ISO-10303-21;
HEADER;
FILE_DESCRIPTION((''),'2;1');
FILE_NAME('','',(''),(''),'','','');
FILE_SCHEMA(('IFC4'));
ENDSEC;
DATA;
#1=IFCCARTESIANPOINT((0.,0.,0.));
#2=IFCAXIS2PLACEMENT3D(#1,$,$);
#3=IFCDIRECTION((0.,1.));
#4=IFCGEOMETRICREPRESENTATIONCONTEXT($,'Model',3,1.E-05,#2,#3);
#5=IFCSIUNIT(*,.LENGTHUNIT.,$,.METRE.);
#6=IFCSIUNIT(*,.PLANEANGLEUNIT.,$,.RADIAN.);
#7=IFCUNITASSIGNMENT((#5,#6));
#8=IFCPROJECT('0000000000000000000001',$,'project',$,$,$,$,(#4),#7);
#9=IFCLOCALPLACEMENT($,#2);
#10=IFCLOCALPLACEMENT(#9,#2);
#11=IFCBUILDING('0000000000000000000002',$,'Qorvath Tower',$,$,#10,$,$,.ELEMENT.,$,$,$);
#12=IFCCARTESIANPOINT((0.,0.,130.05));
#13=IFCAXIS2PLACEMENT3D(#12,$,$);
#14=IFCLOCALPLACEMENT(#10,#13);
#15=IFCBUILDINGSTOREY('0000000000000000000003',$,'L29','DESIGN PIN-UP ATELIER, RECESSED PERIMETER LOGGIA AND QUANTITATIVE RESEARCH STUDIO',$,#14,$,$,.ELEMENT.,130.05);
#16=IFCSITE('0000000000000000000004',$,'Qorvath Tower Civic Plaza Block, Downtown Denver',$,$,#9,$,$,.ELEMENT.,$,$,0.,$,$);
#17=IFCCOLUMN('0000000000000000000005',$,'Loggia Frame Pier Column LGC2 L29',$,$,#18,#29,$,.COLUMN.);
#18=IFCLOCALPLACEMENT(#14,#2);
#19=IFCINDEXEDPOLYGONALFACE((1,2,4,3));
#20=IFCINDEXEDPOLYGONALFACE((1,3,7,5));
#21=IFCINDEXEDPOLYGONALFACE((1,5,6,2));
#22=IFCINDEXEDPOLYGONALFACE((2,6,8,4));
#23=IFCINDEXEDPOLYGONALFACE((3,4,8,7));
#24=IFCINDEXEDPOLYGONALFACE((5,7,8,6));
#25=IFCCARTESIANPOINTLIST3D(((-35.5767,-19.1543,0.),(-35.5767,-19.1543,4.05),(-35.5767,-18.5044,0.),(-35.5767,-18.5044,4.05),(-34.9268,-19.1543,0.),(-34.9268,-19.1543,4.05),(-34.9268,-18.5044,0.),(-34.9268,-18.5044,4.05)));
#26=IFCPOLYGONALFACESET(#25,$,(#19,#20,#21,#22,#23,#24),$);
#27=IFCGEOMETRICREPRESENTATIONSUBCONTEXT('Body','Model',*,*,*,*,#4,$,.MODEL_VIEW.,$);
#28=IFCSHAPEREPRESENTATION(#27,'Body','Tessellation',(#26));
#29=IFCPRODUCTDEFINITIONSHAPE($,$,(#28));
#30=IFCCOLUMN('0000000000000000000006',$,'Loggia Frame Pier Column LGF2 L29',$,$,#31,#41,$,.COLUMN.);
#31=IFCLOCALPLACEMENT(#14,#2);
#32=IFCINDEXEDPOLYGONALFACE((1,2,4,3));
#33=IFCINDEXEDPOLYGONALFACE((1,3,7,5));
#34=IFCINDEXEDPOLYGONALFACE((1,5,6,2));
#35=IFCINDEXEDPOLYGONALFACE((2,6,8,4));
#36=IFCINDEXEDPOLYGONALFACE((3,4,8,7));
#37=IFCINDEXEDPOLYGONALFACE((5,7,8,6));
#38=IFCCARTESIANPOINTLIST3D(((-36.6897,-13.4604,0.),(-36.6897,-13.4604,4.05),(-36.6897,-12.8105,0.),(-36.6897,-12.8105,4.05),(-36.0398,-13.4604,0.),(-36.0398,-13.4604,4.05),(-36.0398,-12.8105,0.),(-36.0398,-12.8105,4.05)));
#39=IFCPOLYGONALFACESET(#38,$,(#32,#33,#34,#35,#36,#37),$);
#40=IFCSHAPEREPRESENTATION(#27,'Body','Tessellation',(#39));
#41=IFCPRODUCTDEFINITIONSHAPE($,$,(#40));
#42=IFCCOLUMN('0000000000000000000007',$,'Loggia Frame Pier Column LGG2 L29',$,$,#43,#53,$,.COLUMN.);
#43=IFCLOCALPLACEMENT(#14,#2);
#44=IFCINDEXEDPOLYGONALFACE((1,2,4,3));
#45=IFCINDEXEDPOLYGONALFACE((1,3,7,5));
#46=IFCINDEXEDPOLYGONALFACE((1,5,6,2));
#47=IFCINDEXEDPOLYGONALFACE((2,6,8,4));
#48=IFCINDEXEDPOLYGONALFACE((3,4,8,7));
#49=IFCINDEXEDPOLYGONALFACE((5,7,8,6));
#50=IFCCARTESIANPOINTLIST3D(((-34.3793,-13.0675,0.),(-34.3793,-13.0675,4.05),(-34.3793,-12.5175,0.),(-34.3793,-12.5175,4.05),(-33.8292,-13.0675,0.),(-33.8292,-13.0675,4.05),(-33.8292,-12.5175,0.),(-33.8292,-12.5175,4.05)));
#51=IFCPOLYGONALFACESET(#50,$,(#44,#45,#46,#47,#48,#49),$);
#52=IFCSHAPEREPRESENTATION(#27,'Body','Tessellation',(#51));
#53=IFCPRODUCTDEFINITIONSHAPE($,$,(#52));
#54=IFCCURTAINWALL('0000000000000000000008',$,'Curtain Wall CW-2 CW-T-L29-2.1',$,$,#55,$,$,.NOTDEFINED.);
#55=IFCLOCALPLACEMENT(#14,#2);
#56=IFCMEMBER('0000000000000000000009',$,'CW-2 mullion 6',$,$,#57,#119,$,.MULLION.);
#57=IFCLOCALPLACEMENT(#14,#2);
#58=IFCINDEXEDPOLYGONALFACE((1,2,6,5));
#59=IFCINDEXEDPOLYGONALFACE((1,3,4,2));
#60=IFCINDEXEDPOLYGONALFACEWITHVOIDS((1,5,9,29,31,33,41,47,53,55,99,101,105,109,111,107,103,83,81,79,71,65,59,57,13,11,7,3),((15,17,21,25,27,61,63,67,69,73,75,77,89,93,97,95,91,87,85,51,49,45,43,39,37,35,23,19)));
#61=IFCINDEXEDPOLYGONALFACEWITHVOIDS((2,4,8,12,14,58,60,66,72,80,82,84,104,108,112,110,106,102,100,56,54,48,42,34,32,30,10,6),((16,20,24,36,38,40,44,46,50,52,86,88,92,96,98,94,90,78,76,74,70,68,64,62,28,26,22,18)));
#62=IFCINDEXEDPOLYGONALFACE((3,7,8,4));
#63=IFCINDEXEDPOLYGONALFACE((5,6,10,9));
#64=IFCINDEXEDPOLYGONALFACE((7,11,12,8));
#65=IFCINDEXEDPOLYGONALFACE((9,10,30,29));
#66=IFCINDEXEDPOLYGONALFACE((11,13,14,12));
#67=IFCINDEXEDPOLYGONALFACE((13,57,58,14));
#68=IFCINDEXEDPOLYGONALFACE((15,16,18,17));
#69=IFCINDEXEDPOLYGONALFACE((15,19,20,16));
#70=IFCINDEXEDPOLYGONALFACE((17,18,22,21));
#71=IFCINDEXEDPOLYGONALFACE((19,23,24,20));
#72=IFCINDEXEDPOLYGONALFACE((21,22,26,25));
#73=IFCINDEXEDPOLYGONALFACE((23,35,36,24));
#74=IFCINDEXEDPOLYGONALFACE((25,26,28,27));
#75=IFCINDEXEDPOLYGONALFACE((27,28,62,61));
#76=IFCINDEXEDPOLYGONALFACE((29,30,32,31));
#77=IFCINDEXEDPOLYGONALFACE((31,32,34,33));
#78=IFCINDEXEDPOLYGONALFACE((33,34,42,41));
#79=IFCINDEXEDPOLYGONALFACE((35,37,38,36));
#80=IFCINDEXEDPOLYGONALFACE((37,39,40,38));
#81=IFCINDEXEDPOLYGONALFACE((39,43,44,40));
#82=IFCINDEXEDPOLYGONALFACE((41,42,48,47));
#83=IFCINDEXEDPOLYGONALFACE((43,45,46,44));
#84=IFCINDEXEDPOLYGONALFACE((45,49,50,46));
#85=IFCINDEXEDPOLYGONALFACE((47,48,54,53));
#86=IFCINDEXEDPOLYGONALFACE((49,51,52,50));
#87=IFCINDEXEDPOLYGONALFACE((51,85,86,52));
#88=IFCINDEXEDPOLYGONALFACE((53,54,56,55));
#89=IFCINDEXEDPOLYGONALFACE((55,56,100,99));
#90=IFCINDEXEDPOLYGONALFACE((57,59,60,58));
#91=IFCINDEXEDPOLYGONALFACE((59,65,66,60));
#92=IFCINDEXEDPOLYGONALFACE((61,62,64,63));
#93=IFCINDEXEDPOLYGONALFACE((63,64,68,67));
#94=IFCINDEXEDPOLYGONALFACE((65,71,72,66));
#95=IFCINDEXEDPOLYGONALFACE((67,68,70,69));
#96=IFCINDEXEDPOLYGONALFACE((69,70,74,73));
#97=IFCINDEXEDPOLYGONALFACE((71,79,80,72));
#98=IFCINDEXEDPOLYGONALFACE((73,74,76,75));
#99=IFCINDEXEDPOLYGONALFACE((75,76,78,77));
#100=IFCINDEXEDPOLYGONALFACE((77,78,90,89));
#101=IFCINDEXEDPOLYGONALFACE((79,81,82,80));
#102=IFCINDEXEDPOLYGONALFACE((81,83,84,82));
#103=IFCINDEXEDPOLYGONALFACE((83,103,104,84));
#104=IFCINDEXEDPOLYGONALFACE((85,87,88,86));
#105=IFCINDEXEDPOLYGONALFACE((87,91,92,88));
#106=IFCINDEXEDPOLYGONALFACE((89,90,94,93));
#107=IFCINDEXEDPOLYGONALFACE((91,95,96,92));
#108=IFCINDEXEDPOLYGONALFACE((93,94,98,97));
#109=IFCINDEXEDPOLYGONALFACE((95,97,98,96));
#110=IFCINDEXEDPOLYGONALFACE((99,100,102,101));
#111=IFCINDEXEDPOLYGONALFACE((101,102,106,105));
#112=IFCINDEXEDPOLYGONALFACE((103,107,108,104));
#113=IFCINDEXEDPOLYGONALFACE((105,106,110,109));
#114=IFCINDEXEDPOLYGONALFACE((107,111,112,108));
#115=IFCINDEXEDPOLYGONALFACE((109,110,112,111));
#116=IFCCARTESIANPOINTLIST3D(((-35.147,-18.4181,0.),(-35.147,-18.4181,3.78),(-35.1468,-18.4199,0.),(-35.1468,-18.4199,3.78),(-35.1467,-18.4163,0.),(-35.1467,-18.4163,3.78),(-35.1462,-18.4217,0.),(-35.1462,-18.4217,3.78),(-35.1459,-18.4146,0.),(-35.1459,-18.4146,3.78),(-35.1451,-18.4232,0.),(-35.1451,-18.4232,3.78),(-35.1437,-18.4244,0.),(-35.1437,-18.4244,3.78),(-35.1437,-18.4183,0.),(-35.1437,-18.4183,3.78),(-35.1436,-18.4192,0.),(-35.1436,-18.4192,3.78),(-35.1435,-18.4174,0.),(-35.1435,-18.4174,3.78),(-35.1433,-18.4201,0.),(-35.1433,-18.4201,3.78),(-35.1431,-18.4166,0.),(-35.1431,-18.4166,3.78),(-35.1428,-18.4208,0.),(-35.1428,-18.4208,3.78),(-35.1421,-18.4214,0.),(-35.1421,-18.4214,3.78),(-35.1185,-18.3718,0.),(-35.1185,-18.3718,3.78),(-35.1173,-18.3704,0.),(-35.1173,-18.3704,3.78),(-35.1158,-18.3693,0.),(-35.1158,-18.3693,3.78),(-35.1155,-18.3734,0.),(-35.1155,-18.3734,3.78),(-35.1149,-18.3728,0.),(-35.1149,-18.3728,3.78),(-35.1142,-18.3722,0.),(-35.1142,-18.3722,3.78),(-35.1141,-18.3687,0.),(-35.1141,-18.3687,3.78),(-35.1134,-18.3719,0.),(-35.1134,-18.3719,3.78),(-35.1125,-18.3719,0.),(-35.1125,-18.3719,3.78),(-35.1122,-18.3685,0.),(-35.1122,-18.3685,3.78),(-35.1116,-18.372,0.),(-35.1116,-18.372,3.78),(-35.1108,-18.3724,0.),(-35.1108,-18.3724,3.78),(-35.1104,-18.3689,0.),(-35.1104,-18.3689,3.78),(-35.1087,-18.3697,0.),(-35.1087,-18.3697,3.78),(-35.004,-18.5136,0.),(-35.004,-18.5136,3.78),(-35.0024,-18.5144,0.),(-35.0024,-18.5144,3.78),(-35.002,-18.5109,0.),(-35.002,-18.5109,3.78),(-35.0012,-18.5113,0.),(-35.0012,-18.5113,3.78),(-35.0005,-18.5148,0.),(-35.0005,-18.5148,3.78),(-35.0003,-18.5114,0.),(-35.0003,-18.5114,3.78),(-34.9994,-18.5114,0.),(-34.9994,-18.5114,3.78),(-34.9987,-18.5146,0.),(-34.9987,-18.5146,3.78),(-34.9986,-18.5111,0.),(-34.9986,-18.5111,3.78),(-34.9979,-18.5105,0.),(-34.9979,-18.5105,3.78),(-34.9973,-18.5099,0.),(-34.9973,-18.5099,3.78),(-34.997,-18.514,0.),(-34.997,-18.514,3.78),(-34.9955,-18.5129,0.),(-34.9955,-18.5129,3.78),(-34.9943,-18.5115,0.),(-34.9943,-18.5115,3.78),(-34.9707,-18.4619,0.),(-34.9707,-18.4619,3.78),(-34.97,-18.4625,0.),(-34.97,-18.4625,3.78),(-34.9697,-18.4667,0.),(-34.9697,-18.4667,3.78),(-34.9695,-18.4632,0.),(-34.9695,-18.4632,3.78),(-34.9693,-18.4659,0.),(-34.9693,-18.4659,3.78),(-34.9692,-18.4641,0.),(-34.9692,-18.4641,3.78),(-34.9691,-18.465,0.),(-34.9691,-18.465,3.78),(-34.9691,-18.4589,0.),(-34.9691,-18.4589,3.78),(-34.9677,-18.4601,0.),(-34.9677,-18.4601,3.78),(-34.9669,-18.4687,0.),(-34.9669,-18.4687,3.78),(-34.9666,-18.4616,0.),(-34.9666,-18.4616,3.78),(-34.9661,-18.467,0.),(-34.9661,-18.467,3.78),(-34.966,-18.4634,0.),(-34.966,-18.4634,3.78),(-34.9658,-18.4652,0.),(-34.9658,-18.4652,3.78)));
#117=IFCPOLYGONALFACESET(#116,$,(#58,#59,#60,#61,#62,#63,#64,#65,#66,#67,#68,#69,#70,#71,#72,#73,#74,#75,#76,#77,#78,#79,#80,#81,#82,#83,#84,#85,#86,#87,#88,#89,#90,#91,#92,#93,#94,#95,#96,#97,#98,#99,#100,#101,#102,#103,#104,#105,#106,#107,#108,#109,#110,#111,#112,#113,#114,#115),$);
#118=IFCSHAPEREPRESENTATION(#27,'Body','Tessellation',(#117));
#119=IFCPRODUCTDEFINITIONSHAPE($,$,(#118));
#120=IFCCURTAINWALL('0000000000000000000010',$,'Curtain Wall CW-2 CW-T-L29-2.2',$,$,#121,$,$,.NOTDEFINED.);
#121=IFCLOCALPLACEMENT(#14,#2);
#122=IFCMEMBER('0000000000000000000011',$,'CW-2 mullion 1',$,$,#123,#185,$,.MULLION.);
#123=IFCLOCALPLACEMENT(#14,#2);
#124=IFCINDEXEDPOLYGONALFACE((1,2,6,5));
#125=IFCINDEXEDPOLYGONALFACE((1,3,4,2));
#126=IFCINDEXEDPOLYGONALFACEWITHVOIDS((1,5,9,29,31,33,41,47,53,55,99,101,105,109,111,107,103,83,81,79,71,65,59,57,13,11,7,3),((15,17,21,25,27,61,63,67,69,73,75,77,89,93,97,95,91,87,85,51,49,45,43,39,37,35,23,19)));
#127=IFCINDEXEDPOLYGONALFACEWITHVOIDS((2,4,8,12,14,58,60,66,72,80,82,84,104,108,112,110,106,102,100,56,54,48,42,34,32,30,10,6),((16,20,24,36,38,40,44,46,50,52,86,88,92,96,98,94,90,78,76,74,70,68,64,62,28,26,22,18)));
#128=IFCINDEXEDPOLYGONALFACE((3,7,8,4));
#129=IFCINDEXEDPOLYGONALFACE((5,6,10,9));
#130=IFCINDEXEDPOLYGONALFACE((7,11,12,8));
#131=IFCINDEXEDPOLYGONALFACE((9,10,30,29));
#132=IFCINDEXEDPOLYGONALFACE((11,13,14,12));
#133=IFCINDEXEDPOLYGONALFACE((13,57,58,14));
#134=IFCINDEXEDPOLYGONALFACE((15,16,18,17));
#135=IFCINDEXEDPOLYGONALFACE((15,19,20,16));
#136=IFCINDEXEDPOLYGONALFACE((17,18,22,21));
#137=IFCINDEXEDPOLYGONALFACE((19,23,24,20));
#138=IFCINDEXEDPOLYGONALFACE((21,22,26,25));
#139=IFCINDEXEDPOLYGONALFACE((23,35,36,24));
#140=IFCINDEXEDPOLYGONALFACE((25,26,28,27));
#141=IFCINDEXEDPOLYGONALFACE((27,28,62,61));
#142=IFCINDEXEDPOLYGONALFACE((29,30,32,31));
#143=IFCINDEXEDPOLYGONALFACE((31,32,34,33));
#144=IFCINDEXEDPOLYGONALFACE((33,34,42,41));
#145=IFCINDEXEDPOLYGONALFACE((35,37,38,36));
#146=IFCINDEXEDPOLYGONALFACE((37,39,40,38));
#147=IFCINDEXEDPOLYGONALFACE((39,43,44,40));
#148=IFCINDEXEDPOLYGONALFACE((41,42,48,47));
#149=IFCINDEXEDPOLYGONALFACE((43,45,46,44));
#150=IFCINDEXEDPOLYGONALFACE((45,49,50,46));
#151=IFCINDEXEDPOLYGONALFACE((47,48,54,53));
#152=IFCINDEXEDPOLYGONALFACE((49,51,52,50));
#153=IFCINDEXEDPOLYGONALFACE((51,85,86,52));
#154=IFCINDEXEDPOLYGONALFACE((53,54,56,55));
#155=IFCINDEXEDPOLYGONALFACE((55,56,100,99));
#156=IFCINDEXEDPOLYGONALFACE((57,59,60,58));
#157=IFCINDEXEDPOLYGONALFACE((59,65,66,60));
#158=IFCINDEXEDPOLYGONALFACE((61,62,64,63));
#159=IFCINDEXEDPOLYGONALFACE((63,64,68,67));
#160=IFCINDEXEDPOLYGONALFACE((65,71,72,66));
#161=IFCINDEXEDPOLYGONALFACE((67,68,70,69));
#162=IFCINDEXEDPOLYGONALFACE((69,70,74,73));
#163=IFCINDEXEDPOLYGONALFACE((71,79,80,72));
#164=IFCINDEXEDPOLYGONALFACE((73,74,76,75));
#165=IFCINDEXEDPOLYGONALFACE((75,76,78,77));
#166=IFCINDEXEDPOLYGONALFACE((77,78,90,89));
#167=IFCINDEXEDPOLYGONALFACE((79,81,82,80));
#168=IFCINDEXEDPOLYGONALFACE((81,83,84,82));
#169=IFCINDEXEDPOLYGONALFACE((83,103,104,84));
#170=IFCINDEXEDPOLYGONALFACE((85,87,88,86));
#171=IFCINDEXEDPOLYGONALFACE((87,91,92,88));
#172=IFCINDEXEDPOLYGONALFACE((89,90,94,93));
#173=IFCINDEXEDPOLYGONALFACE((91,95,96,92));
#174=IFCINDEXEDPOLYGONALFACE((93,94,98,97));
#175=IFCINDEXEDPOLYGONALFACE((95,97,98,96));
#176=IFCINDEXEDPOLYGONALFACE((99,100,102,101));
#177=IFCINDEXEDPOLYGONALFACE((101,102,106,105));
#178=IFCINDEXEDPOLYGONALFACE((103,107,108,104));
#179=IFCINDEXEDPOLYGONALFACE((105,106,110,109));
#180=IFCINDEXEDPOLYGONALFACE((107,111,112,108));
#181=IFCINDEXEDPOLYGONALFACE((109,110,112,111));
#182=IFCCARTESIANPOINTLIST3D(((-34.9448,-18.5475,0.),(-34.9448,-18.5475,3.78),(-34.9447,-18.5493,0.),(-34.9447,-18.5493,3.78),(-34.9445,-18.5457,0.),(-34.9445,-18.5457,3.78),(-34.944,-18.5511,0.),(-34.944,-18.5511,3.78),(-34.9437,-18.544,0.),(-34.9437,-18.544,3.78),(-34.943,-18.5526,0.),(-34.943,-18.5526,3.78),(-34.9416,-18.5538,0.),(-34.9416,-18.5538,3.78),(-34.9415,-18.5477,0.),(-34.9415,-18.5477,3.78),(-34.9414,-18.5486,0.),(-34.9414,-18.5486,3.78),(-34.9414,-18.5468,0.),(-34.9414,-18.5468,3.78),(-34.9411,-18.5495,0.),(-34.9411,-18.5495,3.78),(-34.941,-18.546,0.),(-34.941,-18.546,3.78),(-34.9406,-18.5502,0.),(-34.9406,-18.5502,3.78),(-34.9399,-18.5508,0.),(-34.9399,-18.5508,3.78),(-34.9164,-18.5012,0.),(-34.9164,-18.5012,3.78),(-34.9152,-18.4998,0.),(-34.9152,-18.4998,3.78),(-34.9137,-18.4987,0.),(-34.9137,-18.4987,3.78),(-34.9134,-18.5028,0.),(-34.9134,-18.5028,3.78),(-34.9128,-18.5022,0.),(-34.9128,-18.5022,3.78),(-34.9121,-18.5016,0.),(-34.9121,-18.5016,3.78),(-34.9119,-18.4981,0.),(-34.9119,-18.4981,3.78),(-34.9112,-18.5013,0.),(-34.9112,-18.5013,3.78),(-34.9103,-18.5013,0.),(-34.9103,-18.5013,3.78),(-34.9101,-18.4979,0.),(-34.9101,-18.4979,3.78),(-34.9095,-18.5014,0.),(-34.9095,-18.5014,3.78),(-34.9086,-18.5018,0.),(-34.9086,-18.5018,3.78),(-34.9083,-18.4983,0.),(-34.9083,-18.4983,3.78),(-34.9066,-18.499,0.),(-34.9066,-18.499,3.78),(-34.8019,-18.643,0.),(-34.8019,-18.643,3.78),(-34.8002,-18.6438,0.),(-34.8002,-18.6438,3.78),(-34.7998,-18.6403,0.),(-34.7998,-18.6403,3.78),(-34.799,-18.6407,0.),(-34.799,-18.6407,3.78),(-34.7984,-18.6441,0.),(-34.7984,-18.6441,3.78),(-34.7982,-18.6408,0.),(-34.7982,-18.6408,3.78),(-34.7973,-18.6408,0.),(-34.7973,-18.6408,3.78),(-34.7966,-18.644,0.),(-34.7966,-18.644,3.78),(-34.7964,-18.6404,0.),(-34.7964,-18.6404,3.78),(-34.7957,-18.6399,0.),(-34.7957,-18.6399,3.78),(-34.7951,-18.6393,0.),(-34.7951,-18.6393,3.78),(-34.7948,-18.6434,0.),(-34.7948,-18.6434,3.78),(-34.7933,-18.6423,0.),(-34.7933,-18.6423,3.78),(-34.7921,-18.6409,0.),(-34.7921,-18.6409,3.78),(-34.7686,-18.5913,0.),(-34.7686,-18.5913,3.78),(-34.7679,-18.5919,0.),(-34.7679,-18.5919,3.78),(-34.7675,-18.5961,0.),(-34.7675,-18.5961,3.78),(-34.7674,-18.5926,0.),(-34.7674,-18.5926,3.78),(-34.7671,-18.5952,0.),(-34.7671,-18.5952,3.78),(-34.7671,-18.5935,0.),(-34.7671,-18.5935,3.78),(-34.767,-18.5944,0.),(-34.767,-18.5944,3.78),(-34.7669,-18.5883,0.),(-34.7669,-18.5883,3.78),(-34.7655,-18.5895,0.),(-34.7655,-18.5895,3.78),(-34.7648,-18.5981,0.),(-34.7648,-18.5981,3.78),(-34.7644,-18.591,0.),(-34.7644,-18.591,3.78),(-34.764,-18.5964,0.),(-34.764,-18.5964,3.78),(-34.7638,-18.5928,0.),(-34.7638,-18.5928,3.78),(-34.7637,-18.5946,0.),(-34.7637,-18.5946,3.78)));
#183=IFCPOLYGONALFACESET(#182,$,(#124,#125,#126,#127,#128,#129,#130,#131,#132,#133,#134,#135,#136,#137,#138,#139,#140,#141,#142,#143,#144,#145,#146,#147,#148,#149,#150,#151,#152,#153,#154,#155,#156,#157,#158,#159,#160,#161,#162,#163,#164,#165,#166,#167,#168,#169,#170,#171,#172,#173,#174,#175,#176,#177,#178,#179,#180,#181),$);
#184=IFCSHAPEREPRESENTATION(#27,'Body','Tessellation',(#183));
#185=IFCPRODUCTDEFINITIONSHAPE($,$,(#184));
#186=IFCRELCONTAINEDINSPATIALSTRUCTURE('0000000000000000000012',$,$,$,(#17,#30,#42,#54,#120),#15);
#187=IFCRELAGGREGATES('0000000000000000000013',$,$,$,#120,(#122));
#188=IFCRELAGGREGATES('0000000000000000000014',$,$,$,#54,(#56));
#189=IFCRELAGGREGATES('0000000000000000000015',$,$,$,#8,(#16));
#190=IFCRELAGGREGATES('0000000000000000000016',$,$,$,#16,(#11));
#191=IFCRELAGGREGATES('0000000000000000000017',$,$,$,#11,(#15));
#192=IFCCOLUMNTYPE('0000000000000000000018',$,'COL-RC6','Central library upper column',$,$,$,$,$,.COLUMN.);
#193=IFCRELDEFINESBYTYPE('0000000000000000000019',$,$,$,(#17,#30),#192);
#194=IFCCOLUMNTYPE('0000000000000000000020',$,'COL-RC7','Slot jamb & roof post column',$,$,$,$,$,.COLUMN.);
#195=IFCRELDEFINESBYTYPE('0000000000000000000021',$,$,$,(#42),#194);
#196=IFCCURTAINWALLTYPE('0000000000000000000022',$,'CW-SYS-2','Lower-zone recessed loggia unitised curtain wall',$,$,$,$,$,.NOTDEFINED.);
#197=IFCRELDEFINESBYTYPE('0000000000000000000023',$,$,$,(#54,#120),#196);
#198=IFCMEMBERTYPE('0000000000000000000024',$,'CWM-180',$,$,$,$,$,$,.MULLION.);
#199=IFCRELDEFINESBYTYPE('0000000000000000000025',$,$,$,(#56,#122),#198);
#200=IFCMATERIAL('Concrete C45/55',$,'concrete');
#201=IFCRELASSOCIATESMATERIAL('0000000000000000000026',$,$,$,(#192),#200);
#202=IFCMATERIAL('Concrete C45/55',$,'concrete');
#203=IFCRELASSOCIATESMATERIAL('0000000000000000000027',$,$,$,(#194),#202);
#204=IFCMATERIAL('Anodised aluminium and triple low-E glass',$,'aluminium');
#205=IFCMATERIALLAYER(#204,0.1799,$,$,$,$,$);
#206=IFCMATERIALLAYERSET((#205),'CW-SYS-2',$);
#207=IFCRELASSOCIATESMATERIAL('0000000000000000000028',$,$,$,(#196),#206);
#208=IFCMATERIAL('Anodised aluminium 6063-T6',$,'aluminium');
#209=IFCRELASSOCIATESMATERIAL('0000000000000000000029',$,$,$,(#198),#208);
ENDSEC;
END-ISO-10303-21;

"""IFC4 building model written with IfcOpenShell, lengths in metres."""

from ifc_helpers import new_model, si_unit, direction, frame, origin, origin_2d, place, context, subcontext, project, spatial, rectangle, hollow_rectangle, extrude, material, layer, layer_set, material_profile, profile_set, type_object, element, aggregate, save


model = new_model("IFC4")

# Units and contexts
model_context = context("Model", 3, precision=1e-05, world=origin(), true_north=direction((0.0, 1.0)))
body_context = subcontext(model_context, "Body", "Model", "MODEL_VIEW")
ifc_project = project(units=[si_unit("LENGTHUNIT", "METRE"), si_unit("PLANEANGLEUNIT", "RADIAN")], contexts=[model_context])

# Site, building, storey
site_placement = place(None, origin())
site = spatial("IfcSite", under=ifc_project, at=site_placement, Name="Qorvath Tower Civic Plaza Block, Downtown Denver", CompositionType="ELEMENT", RefElevation=0.0)
building_placement = place(site_placement, origin())
building = spatial("IfcBuilding", under=site, at=building_placement, Name="Qorvath Tower", CompositionType="ELEMENT")
storey_placement = place(building_placement, frame((0.0, 0.0, 130.05)))
storey = spatial("IfcBuildingStorey", under=building, at=storey_placement, Name="L29", Description="DESIGN PIN-UP ATELIER, RECESSED PERIMETER LOGGIA AND QUANTITATIVE RESEARCH STUDIO", CompositionType="ELEMENT", Elevation=130.05)

# Columns
ifc_material_1 = material(Name="Concrete C45/55", Category="concrete")
ifc_material_profile_1 = material_profile(ifc_material_1, rectangle(XDim=0.6499, YDim=0.6499, at=origin_2d()), Name="RC 650x650")
ifc_profile_set_1 = profile_set([ifc_material_profile_1], Name="Concrete C45/55")
column_type_1 = type_object("IfcColumnType", Name="COL-RC6", Description="Central library upper column", PredefinedType="COLUMN", material=ifc_profile_set_1)
for number, where, z_axis, x_axis, name in (
    (1, (-35.2517, -18.8293, 0.0), (0.0, 0.0, 1.0), (1.0, 0.0, 0.0), "Loggia Frame Pier Column LGC2 L29"),
    (2, (-36.3647, -13.1355, 0.0), (0.0, 0.0, 1.0), (1.0, 0.0, 0.0), "Loggia Frame Pier Column LGF2 L29"),
):
    element("IfcColumn", number, at=place(storey_placement, frame(where, z_axis=z_axis, x_axis=x_axis)), inside=storey, type_object=column_type_1, Name=name, PredefinedType="COLUMN", context=body_context, shape_type="SweptSolid", body=[
        extrude(rectangle(XDim=0.6499, YDim=0.6499, at=origin_2d()), origin(), (0.0, 0.0, 1.0), 4.05),
    ])
ifc_material_2 = material(Name="Concrete C45/55", Category="concrete")
ifc_material_profile_2 = material_profile(ifc_material_2, rectangle(XDim=0.55, YDim=0.55, at=origin_2d()), Name="RC 550x550")
ifc_profile_set_2 = profile_set([ifc_material_profile_2], Name="Concrete C45/55")
column_type_2 = type_object("IfcColumnType", Name="COL-RC7", Description="Slot jamb & roof post column", PredefinedType="COLUMN", material=ifc_profile_set_2)
column_placement = place(storey_placement, frame((-34.1042, -12.7925, 0.0), z_axis=(0.0, 0.0, 1.0), x_axis=(1.0, 0.0, 0.0)))
element("IfcColumn", 3, at=column_placement, inside=storey, type_object=column_type_2, Name="Loggia Frame Pier Column LGG2 L29", PredefinedType="COLUMN", context=body_context, shape_type="SweptSolid", body=[
    extrude(rectangle(XDim=0.55, YDim=0.55, at=origin_2d()), origin(), (0.0, 0.0, 1.0), 4.05),
])

# Curtain wall, member
ifc_material_3 = material(Name="Anodised aluminium and triple low-E glass", Category="aluminium")
ifc_layer_1 = layer(ifc_material_3, 0.1799)
ifc_layer_set_1 = layer_set([ifc_layer_1], Name="CW-SYS-2")
curtain_wall_type = type_object("IfcCurtainWallType", Name="CW-SYS-2", Description="Lower-zone recessed loggia unitised curtain wall", PredefinedType="NOTDEFINED", material=ifc_layer_set_1)
curtain_wall_1_placement = place(storey_placement, origin())
curtain_wall_1 = element("IfcCurtainWall", 4, at=curtain_wall_1_placement, inside=storey, type_object=curtain_wall_type, Name="Curtain Wall CW-2 CW-T-L29-2.1", PredefinedType="NOTDEFINED")
ifc_material_4 = material(Name="Anodised aluminium 6063-T6", Category="aluminium")
ifc_material_profile_3 = material_profile(ifc_material_4, hollow_rectangle(XDim=0.0649, YDim=0.1799, WallThickness=0.0034, InnerFilletRadius=0.0034, OuterFilletRadius=0.0071, at=origin_2d()), Name="CWM 180x65")
ifc_profile_set_3 = profile_set([ifc_material_profile_3], Name="Anodised aluminium 6063-T6")
member_type_1 = type_object("IfcMemberType", Name="CWM-180", PredefinedType="MULLION", material=ifc_profile_set_3)
member_1_placement = place(storey_placement, frame((-35.0564, -18.4417, 0.0), z_axis=(0.0, 0.0, 1.0), x_axis=(0.538534, 0.842604, 0.0)))
member_1 = element("IfcMember", 5, at=member_1_placement, type_object=member_type_1, Name="CW-2 mullion 6", PredefinedType="MULLION", context=body_context, shape_type="SweptSolid", body=[
    extrude(hollow_rectangle(XDim=0.0649, YDim=0.1799, WallThickness=0.0034, InnerFilletRadius=0.0034, OuterFilletRadius=0.0071, at=origin_2d()), origin(), (0.0, 0.0, 1.0), 3.78),
])

# Curtain wall, member
curtain_wall_2_placement = place(storey_placement, origin())
curtain_wall_2 = element("IfcCurtainWall", 6, at=curtain_wall_2_placement, inside=storey, type_object=curtain_wall_type, Name="Curtain Wall CW-2 CW-T-L29-2.2", PredefinedType="NOTDEFINED")
member_2_placement = place(storey_placement, frame((-34.8542, -18.571, 0.0), z_axis=(0.0, 0.0, 1.0), x_axis=(0.538536, 0.842602, 0.0)))
member_2 = element("IfcMember", 7, at=member_2_placement, type_object=member_type_1, Name="CW-2 mullion 1", PredefinedType="MULLION", context=body_context, shape_type="SweptSolid", body=[
    extrude(hollow_rectangle(XDim=0.0649, YDim=0.1799, WallThickness=0.0034, InnerFilletRadius=0.0034, OuterFilletRadius=0.0071, at=origin_2d()), origin(), (0.0, 0.0, 1.0), 3.78),
])
aggregate(curtain_wall_2, [member_2])

aggregate(curtain_wall_1, [member_1])

save(model, "model.ifc")
